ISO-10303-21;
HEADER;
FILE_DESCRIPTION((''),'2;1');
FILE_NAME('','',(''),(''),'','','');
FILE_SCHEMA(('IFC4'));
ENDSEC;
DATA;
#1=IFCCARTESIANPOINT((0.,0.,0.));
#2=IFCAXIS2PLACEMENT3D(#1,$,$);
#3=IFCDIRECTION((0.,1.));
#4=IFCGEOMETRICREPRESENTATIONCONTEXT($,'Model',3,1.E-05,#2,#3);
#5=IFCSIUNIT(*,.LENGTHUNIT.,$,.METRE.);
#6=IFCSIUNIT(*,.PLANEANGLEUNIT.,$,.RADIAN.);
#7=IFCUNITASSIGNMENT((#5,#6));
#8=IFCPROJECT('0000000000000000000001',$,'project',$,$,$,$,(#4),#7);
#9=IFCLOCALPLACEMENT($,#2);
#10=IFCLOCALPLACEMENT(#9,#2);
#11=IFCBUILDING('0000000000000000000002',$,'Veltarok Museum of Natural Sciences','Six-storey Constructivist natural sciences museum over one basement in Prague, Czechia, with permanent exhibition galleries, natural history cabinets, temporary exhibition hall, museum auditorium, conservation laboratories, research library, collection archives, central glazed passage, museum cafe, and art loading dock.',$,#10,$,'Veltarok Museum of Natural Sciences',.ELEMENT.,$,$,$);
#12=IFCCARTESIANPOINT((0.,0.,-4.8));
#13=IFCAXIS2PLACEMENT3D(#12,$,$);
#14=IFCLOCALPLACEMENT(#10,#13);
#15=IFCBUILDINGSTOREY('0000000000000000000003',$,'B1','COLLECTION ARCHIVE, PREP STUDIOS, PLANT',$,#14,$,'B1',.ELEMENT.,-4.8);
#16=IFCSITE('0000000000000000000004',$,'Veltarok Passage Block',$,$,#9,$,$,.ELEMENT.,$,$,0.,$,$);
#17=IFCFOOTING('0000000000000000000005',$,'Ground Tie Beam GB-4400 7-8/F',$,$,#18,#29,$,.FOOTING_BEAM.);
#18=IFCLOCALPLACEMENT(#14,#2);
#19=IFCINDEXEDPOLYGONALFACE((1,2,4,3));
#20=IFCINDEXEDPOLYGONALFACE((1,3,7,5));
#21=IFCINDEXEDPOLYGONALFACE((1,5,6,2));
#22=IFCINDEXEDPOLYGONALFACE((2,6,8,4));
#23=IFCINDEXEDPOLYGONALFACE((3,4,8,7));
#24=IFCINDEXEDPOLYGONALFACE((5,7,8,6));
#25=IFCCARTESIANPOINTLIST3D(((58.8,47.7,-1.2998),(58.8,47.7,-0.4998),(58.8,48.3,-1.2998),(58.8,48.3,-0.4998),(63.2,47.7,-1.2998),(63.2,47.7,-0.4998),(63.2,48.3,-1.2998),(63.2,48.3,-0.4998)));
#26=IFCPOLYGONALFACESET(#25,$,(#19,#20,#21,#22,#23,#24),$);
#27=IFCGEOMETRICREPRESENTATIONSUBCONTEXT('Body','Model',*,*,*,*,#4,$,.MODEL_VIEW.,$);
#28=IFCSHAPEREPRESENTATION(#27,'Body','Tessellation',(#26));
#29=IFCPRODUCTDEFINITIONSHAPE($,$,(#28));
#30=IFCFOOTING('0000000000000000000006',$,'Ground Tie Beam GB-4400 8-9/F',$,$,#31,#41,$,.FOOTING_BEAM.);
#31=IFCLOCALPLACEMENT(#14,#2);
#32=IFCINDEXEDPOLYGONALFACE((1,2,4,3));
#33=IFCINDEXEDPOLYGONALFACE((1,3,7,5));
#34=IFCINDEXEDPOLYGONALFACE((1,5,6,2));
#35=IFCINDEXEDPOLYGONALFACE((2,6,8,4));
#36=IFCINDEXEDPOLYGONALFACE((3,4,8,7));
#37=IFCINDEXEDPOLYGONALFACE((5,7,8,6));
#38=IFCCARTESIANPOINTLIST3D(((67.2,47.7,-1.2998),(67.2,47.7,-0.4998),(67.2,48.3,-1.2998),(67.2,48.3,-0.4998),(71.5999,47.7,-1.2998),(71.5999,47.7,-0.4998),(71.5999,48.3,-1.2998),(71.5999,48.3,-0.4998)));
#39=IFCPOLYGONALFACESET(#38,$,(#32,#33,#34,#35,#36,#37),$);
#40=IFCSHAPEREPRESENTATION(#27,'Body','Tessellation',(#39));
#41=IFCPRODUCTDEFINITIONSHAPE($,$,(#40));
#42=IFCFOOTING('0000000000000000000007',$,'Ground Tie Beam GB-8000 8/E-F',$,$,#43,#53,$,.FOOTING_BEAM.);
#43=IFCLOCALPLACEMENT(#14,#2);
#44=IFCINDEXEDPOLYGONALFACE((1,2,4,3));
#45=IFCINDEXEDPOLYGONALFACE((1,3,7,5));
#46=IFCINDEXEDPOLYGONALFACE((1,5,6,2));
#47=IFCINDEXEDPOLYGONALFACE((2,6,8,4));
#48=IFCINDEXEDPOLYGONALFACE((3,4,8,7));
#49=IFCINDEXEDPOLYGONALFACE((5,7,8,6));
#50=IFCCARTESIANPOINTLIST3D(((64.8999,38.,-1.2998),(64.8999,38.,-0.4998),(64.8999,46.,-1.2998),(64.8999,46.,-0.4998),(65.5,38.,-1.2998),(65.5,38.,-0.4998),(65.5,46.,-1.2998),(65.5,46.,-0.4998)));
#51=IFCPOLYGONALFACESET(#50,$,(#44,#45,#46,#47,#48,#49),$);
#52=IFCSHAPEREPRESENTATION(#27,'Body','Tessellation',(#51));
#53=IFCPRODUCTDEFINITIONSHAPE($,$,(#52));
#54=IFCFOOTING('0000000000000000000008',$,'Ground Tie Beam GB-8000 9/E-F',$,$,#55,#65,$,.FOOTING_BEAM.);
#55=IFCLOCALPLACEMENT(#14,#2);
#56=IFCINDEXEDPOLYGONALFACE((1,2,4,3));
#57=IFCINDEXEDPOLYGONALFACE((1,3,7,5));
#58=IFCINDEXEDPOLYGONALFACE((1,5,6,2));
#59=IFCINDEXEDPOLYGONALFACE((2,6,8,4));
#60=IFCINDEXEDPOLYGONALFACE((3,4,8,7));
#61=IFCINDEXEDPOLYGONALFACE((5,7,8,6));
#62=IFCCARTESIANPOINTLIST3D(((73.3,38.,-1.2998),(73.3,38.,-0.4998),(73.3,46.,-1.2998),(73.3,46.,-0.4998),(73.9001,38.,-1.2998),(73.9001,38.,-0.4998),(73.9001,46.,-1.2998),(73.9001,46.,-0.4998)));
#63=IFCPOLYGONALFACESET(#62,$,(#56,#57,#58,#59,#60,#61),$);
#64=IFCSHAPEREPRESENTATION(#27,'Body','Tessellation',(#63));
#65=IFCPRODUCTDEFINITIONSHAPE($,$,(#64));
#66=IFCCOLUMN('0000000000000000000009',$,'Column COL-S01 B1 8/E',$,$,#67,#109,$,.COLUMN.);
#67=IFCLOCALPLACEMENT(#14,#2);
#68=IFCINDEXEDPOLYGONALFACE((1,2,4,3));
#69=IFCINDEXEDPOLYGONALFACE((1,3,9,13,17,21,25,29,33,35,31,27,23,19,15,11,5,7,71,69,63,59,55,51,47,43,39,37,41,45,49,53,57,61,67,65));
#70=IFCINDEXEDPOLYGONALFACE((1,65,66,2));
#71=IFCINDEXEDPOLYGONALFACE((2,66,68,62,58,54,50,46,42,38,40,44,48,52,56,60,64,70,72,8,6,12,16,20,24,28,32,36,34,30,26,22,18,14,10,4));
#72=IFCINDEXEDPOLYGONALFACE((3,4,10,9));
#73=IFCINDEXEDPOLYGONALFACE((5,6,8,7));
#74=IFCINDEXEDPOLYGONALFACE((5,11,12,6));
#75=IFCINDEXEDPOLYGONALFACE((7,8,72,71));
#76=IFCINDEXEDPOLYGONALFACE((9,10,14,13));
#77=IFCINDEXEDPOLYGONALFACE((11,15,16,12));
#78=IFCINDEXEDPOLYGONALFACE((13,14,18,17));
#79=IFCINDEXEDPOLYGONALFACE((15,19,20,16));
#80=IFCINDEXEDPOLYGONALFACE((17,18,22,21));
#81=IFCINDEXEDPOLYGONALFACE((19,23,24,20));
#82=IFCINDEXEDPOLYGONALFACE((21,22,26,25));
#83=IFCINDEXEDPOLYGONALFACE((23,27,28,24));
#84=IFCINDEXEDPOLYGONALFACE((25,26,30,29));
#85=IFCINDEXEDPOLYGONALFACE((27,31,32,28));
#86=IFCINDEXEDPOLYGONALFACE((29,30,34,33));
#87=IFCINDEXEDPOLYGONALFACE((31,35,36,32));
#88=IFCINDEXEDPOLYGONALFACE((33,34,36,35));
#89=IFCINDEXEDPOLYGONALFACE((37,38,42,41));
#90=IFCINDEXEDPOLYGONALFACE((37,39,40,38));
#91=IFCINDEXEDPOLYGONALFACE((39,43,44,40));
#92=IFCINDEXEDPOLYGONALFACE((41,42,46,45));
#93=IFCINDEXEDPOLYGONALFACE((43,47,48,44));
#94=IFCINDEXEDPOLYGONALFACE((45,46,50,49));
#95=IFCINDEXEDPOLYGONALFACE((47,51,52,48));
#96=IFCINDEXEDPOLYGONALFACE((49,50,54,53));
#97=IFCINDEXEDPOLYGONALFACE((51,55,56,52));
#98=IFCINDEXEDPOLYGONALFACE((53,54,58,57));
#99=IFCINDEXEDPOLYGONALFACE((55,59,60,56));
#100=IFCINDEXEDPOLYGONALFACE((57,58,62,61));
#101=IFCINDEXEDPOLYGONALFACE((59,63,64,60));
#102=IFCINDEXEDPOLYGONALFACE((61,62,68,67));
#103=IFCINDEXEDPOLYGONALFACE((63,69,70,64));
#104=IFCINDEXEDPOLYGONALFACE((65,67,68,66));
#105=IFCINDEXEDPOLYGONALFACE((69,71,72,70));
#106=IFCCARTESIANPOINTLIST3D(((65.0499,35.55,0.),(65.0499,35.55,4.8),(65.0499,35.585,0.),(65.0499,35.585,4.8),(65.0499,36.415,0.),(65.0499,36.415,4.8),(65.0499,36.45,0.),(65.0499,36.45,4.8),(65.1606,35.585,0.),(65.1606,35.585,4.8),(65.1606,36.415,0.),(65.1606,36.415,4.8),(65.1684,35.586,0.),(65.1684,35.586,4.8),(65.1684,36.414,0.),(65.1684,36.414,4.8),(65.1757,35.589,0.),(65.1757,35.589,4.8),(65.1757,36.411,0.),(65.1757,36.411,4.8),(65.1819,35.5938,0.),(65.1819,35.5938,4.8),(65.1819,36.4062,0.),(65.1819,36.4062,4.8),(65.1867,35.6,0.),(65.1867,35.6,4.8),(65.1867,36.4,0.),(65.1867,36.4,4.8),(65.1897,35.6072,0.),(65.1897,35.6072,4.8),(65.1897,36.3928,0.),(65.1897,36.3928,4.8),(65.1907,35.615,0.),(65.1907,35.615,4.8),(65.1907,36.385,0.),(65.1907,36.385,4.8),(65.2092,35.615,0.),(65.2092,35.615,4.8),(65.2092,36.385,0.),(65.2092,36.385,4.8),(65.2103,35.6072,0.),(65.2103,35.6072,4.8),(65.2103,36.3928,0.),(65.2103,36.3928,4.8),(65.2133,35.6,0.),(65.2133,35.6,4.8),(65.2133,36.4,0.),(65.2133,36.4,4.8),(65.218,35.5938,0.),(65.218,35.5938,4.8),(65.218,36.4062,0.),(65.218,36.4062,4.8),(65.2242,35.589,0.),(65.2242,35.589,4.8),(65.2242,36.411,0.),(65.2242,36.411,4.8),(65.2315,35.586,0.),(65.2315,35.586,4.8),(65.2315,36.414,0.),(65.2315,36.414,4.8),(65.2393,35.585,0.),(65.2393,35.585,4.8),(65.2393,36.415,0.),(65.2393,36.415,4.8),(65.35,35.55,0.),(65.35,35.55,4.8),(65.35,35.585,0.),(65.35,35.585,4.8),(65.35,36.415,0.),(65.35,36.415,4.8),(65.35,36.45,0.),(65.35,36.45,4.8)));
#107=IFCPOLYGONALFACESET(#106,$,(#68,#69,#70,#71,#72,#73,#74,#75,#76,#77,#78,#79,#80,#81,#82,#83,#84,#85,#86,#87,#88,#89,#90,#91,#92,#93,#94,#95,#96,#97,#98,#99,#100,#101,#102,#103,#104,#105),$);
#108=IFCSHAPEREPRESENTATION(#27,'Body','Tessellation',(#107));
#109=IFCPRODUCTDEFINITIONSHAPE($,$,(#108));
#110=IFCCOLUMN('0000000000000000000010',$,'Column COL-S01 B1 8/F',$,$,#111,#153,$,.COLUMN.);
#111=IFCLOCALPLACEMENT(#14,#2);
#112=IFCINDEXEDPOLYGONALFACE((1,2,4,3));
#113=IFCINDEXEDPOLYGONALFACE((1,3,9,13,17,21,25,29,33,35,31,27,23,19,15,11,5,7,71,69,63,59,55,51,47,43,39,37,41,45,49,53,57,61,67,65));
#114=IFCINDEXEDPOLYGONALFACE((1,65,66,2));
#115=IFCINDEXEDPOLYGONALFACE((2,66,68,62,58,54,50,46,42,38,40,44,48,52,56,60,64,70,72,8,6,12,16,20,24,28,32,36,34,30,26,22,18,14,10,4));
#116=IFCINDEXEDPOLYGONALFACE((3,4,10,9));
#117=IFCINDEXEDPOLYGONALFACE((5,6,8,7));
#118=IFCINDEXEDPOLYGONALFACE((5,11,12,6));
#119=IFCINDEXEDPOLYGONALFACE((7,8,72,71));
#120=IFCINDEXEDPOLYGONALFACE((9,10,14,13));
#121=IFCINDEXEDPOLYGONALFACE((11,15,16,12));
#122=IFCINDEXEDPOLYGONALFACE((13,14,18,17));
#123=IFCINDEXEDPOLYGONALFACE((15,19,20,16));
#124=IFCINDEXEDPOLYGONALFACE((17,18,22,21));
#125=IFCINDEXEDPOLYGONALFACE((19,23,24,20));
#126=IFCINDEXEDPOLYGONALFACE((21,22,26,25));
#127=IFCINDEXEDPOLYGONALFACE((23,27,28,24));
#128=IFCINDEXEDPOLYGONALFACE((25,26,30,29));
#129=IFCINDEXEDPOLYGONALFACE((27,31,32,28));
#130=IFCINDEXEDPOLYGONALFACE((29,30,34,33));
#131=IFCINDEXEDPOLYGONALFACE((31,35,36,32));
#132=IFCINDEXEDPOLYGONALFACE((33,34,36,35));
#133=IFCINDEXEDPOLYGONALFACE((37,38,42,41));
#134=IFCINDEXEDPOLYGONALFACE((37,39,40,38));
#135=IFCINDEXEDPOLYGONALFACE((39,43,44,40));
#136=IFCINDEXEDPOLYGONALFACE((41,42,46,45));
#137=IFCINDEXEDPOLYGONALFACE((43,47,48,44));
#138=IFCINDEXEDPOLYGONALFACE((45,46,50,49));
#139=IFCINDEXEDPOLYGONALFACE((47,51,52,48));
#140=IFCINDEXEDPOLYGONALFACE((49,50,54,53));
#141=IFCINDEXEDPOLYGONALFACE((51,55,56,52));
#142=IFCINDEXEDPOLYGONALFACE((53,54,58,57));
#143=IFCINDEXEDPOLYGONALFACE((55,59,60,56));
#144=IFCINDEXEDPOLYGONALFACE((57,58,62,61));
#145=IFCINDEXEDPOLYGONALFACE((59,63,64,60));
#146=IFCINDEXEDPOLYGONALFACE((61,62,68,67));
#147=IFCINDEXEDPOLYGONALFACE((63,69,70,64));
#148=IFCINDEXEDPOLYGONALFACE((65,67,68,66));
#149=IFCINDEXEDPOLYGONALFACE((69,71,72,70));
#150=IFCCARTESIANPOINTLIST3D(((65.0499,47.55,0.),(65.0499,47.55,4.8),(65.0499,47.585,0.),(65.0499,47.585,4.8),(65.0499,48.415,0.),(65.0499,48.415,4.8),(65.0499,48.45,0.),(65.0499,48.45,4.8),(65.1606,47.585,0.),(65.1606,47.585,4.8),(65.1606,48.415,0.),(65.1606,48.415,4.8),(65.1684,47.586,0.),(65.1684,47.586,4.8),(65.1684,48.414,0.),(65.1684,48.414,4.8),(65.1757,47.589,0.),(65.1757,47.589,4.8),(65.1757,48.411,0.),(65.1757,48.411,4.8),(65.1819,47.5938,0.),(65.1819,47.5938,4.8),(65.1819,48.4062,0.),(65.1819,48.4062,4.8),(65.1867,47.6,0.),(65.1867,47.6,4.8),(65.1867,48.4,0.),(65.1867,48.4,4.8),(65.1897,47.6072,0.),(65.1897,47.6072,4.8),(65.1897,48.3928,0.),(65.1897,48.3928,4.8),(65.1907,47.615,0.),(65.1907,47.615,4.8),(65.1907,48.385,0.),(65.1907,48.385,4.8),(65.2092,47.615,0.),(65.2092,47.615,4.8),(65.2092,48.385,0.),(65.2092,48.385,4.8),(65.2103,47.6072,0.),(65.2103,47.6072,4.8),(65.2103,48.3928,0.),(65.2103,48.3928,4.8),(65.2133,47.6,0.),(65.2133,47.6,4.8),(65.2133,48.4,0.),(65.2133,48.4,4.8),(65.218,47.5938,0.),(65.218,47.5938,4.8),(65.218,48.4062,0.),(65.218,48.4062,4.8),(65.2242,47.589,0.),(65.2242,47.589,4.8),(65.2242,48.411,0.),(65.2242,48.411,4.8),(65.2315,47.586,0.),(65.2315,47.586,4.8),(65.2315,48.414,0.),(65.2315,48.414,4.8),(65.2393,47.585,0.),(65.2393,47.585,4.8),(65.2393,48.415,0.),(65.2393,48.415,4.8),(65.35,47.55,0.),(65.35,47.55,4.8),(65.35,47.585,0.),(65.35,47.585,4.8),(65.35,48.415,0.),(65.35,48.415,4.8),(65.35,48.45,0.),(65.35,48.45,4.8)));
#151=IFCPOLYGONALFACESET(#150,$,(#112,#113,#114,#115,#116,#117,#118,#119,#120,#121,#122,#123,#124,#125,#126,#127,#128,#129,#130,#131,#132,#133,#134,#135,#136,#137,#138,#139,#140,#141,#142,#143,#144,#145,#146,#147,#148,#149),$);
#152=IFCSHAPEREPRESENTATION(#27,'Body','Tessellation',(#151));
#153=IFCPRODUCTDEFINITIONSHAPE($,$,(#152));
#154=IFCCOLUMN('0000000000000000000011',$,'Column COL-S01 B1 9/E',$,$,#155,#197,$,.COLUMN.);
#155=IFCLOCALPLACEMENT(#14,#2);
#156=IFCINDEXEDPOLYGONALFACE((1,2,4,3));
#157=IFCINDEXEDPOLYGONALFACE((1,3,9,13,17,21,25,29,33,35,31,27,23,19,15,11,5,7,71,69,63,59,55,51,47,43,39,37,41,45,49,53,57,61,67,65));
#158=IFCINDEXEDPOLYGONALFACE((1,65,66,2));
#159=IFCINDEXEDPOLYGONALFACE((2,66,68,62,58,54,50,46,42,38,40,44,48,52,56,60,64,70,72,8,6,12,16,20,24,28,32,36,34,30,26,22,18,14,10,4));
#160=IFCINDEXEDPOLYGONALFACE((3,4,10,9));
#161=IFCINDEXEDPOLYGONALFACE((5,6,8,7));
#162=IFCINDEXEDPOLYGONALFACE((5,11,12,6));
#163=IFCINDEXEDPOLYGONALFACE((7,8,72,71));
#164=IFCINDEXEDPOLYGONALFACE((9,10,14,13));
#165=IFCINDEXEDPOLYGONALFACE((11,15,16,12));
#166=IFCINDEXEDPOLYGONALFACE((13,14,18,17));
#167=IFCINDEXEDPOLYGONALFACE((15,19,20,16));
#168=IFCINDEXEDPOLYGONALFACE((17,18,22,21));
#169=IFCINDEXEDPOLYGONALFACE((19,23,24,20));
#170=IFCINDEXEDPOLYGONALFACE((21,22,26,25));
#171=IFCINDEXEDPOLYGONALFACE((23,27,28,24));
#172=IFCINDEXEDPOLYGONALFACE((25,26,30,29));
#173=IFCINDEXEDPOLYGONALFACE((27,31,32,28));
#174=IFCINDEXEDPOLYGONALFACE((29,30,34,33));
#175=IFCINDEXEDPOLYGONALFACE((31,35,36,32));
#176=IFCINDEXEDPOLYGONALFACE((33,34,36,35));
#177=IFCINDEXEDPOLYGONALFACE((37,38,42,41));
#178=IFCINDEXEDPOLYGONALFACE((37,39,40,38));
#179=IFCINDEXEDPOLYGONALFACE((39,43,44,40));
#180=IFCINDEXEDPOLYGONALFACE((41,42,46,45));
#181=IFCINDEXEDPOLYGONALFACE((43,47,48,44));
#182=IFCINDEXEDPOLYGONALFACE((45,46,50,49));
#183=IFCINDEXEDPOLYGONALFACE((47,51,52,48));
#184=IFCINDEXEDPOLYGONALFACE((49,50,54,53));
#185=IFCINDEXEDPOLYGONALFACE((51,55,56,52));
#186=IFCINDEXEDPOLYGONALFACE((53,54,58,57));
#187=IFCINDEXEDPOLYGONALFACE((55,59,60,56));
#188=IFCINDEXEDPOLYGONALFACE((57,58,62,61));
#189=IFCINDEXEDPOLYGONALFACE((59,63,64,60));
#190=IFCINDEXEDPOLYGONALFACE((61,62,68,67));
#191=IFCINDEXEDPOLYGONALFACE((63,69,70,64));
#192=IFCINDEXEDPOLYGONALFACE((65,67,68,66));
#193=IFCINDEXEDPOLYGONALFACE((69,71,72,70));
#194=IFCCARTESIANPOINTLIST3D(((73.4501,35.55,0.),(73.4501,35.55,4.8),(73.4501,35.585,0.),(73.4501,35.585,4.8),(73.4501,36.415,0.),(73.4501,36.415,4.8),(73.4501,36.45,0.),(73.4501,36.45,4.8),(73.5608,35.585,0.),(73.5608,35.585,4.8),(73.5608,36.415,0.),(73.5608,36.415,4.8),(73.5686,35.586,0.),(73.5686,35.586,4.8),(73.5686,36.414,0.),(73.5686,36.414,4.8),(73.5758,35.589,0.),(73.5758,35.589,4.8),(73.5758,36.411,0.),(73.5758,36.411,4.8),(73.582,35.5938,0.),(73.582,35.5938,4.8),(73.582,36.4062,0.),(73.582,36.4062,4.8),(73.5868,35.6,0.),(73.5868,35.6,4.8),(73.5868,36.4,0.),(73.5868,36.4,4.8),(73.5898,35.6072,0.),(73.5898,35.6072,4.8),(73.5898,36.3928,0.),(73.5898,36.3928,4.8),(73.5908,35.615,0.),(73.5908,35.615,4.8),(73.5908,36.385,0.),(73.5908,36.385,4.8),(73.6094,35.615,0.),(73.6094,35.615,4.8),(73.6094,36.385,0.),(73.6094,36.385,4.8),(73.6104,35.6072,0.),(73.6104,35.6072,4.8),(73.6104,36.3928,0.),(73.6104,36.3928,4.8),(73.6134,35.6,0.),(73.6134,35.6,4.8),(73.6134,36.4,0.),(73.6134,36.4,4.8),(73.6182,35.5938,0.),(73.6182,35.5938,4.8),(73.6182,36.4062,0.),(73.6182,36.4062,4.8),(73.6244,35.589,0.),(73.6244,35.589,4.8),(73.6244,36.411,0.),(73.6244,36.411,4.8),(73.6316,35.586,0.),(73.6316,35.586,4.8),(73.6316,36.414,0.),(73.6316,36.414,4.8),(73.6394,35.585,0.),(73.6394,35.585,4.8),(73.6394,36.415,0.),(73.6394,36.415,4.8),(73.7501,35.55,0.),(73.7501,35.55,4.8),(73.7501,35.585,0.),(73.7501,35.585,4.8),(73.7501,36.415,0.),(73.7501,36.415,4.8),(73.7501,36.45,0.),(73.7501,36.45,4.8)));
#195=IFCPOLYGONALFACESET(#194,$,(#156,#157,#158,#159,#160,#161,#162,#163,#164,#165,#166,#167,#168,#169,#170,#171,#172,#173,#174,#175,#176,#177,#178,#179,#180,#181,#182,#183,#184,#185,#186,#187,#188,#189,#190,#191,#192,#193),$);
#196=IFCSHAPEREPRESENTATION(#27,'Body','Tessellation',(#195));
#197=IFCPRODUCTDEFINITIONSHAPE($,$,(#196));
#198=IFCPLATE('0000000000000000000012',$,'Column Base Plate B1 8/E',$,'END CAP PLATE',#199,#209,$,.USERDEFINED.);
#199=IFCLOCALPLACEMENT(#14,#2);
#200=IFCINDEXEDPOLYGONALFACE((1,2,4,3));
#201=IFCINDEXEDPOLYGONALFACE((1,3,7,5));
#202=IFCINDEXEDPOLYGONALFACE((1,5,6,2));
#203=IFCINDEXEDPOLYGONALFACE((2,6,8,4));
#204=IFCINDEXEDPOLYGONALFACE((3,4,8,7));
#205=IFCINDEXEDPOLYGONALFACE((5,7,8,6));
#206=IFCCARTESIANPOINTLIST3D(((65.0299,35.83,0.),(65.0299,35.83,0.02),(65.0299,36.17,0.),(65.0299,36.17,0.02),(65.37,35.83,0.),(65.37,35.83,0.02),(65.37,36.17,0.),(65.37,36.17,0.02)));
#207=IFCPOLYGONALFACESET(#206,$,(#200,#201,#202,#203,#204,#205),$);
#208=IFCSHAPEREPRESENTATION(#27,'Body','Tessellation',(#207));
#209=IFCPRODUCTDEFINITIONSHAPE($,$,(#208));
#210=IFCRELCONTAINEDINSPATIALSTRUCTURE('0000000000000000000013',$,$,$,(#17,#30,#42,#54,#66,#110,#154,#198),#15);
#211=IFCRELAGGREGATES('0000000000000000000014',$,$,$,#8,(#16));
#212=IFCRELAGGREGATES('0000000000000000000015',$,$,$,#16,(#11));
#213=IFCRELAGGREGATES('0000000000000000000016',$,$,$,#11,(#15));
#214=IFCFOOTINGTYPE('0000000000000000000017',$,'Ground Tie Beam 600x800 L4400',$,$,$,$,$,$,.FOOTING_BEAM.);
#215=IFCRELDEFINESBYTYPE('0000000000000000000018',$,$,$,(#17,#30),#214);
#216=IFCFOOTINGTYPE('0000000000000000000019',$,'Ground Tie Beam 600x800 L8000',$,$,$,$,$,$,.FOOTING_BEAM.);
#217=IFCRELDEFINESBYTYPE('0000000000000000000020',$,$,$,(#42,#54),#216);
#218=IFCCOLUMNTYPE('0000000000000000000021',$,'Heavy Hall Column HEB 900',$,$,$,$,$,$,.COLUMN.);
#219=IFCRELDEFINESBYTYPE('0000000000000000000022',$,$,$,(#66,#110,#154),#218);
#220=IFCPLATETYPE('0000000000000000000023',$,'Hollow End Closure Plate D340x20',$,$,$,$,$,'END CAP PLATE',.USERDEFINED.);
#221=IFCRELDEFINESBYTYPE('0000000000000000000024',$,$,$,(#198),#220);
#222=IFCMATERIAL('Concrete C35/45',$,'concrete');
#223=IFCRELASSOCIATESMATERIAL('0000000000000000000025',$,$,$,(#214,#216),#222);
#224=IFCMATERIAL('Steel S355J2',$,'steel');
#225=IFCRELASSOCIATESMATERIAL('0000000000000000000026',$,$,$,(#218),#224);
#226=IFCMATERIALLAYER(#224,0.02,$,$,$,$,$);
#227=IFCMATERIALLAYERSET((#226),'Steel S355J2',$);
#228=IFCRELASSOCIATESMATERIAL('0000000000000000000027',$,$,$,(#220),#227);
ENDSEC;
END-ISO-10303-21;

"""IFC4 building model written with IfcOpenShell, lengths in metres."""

from ifc_helpers import new_model, si_unit, direction, frame, origin, origin_2d, place, context, subcontext, project, spatial, rectangle, i_section, extrude, material, layer, layer_set, material_profile, profile_set, type_object, element, save


model = new_model("IFC4")

# Units and contexts
model_context = context("Model", 3, precision=1e-05, world=origin(), true_north=direction((0.0, 1.0)))
body_context = subcontext(model_context, "Body", "Model", "MODEL_VIEW")
ifc_project = project(units=[si_unit("LENGTHUNIT", "METRE"), si_unit("PLANEANGLEUNIT", "RADIAN")], contexts=[model_context])

# Site, building, storey
site_placement = place(None, origin())
site = spatial("IfcSite", under=ifc_project, at=site_placement, Name="Veltarok Passage Block", CompositionType="ELEMENT", RefElevation=0.0)
building_placement = place(site_placement, origin())
building = spatial("IfcBuilding", under=site, at=building_placement, Name="Veltarok Museum of Natural Sciences", Description="Six-storey Constructivist natural sciences museum over one basement in Prague, Czechia, with permanent exhibition galleries, natural history cabinets, temporary exhibition hall, museum auditorium, conservation laboratories, research library, collection archives, central glazed passage, museum cafe, and art loading dock.", LongName="Veltarok Museum of Natural Sciences", CompositionType="ELEMENT")
storey_placement = place(building_placement, frame((0.0, 0.0, -4.8)))
storey = spatial("IfcBuildingStorey", under=building, at=storey_placement, Name="B1", Description="COLLECTION ARCHIVE, PREP STUDIOS, PLANT", LongName="B1", CompositionType="ELEMENT", Elevation=-4.8)

# Shared definitions
ifc_material_1 = material(Name="Concrete C35/45", Category="concrete")

# Footings
footing_type_1 = type_object("IfcFootingType", Name="Ground Tie Beam 600x800 L4400", PredefinedType="FOOTING_BEAM", material=ifc_material_1)
for number, where, z_axis, x_axis, name in (
    (1, (61.0, 48.0, -1.2998), (0.0, 0.0, 1.0), (1.0, 0.0, 0.0), "Ground Tie Beam GB-4400 7-8/F"),
    (2, (69.3999, 48.0, -1.2998), (0.0, 0.0, 1.0), (1.0, 0.0, 0.0), "Ground Tie Beam GB-4400 8-9/F"),
):
    element("IfcFooting", number, at=place(storey_placement, frame(where, z_axis=z_axis, x_axis=x_axis)), inside=storey, type_object=footing_type_1, Name=name, PredefinedType="FOOTING_BEAM", context=body_context, shape_type="SweptSolid", body=[
        extrude(rectangle(XDim=4.3999, YDim=0.6001, at=origin_2d()), origin(), (0.0, 0.0, 1.0), 0.8),
    ])
footing_type_2 = type_object("IfcFootingType", Name="Ground Tie Beam 600x800 L8000", PredefinedType="FOOTING_BEAM", material=ifc_material_1)
for number, where, z_axis, x_axis, name in (
    (3, (65.2, 42.0, -1.2998), (0.0, 0.0, 1.0), (0.0, 1.0, 0.0), "Ground Tie Beam GB-8000 8/E-F"),
    (4, (73.6001, 42.0, -1.2998), (0.0, 0.0, 1.0), (0.0, 1.0, 0.0), "Ground Tie Beam GB-8000 9/E-F"),
):
    element("IfcFooting", number, at=place(storey_placement, frame(where, z_axis=z_axis, x_axis=x_axis)), inside=storey, type_object=footing_type_2, Name=name, PredefinedType="FOOTING_BEAM", context=body_context, shape_type="SweptSolid", body=[
        extrude(rectangle(XDim=8.0, YDim=0.6001, at=origin_2d()), origin(), (0.0, 0.0, 1.0), 0.8),
    ])

# Columns
ifc_material_2 = material(Name="Steel S355J2", Category="steel")
ifc_material_profile_1 = material_profile(ifc_material_2, i_section(OverallWidth=0.3, OverallDepth=0.8999, WebThickness=0.0186, FlangeThickness=0.0349, FilletRadius=0.03, at=origin_2d()), Name="HEB 900")
ifc_profile_set_1 = profile_set([ifc_material_profile_1], Name="Steel S355J2")
column_type = type_object("IfcColumnType", Name="Heavy Hall Column HEB 900", PredefinedType="COLUMN", material=ifc_profile_set_1)
for number, where, z_axis, x_axis, name in (
    (5, (65.2, 36.0, 0.0), (0.0, 0.0, 1.0), (1.0, 0.0, 0.0), "Column COL-S01 B1 8/E"),
    (6, (65.2, 48.0, 0.0), (0.0, 0.0, 1.0), (1.0, 0.0, 0.0), "Column COL-S01 B1 8/F"),
    (7, (73.6001, 36.0, 0.0), (0.0, 0.0, 1.0), (1.0, 0.0, 0.0), "Column COL-S01 B1 9/E"),
):
    element("IfcColumn", number, at=place(storey_placement, frame(where, z_axis=z_axis, x_axis=x_axis)), inside=storey, type_object=column_type, Name=name, PredefinedType="COLUMN", context=body_context, shape_type="SweptSolid", body=[
        extrude(i_section(OverallWidth=0.3, OverallDepth=0.8999, WebThickness=0.0186, FlangeThickness=0.0349, FilletRadius=0.03, at=origin_2d()), origin(), (0.0, 0.0, 1.0), 4.8),
    ])

# Plate
ifc_layer_1 = layer(ifc_material_2, 0.02)
ifc_layer_set_1 = layer_set([ifc_layer_1], Name="Steel S355J2")
plate_type = type_object("IfcPlateType", Name="Hollow End Closure Plate D340x20", ElementType="END CAP PLATE", PredefinedType="USERDEFINED", material=ifc_layer_set_1)
for number, where, z_axis, x_axis, name in (
    (8, (65.2, 36.0, 0.0), (0.0, 0.0, 1.0), (1.0, 0.0, 0.0), "Column Base Plate B1 8/E"),
):
    element("IfcPlate", number, at=place(storey_placement, frame(where, z_axis=z_axis, x_axis=x_axis)), inside=storey, type_object=plate_type, Name=name, ObjectType="END CAP PLATE", PredefinedType="USERDEFINED", context=body_context, shape_type="SweptSolid", body=[
        extrude(rectangle(XDim=0.3401, YDim=0.3401, at=origin_2d()), origin(), (0.0, 0.0, 1.0), 0.02),
    ])

save(model, "model.ifc")
